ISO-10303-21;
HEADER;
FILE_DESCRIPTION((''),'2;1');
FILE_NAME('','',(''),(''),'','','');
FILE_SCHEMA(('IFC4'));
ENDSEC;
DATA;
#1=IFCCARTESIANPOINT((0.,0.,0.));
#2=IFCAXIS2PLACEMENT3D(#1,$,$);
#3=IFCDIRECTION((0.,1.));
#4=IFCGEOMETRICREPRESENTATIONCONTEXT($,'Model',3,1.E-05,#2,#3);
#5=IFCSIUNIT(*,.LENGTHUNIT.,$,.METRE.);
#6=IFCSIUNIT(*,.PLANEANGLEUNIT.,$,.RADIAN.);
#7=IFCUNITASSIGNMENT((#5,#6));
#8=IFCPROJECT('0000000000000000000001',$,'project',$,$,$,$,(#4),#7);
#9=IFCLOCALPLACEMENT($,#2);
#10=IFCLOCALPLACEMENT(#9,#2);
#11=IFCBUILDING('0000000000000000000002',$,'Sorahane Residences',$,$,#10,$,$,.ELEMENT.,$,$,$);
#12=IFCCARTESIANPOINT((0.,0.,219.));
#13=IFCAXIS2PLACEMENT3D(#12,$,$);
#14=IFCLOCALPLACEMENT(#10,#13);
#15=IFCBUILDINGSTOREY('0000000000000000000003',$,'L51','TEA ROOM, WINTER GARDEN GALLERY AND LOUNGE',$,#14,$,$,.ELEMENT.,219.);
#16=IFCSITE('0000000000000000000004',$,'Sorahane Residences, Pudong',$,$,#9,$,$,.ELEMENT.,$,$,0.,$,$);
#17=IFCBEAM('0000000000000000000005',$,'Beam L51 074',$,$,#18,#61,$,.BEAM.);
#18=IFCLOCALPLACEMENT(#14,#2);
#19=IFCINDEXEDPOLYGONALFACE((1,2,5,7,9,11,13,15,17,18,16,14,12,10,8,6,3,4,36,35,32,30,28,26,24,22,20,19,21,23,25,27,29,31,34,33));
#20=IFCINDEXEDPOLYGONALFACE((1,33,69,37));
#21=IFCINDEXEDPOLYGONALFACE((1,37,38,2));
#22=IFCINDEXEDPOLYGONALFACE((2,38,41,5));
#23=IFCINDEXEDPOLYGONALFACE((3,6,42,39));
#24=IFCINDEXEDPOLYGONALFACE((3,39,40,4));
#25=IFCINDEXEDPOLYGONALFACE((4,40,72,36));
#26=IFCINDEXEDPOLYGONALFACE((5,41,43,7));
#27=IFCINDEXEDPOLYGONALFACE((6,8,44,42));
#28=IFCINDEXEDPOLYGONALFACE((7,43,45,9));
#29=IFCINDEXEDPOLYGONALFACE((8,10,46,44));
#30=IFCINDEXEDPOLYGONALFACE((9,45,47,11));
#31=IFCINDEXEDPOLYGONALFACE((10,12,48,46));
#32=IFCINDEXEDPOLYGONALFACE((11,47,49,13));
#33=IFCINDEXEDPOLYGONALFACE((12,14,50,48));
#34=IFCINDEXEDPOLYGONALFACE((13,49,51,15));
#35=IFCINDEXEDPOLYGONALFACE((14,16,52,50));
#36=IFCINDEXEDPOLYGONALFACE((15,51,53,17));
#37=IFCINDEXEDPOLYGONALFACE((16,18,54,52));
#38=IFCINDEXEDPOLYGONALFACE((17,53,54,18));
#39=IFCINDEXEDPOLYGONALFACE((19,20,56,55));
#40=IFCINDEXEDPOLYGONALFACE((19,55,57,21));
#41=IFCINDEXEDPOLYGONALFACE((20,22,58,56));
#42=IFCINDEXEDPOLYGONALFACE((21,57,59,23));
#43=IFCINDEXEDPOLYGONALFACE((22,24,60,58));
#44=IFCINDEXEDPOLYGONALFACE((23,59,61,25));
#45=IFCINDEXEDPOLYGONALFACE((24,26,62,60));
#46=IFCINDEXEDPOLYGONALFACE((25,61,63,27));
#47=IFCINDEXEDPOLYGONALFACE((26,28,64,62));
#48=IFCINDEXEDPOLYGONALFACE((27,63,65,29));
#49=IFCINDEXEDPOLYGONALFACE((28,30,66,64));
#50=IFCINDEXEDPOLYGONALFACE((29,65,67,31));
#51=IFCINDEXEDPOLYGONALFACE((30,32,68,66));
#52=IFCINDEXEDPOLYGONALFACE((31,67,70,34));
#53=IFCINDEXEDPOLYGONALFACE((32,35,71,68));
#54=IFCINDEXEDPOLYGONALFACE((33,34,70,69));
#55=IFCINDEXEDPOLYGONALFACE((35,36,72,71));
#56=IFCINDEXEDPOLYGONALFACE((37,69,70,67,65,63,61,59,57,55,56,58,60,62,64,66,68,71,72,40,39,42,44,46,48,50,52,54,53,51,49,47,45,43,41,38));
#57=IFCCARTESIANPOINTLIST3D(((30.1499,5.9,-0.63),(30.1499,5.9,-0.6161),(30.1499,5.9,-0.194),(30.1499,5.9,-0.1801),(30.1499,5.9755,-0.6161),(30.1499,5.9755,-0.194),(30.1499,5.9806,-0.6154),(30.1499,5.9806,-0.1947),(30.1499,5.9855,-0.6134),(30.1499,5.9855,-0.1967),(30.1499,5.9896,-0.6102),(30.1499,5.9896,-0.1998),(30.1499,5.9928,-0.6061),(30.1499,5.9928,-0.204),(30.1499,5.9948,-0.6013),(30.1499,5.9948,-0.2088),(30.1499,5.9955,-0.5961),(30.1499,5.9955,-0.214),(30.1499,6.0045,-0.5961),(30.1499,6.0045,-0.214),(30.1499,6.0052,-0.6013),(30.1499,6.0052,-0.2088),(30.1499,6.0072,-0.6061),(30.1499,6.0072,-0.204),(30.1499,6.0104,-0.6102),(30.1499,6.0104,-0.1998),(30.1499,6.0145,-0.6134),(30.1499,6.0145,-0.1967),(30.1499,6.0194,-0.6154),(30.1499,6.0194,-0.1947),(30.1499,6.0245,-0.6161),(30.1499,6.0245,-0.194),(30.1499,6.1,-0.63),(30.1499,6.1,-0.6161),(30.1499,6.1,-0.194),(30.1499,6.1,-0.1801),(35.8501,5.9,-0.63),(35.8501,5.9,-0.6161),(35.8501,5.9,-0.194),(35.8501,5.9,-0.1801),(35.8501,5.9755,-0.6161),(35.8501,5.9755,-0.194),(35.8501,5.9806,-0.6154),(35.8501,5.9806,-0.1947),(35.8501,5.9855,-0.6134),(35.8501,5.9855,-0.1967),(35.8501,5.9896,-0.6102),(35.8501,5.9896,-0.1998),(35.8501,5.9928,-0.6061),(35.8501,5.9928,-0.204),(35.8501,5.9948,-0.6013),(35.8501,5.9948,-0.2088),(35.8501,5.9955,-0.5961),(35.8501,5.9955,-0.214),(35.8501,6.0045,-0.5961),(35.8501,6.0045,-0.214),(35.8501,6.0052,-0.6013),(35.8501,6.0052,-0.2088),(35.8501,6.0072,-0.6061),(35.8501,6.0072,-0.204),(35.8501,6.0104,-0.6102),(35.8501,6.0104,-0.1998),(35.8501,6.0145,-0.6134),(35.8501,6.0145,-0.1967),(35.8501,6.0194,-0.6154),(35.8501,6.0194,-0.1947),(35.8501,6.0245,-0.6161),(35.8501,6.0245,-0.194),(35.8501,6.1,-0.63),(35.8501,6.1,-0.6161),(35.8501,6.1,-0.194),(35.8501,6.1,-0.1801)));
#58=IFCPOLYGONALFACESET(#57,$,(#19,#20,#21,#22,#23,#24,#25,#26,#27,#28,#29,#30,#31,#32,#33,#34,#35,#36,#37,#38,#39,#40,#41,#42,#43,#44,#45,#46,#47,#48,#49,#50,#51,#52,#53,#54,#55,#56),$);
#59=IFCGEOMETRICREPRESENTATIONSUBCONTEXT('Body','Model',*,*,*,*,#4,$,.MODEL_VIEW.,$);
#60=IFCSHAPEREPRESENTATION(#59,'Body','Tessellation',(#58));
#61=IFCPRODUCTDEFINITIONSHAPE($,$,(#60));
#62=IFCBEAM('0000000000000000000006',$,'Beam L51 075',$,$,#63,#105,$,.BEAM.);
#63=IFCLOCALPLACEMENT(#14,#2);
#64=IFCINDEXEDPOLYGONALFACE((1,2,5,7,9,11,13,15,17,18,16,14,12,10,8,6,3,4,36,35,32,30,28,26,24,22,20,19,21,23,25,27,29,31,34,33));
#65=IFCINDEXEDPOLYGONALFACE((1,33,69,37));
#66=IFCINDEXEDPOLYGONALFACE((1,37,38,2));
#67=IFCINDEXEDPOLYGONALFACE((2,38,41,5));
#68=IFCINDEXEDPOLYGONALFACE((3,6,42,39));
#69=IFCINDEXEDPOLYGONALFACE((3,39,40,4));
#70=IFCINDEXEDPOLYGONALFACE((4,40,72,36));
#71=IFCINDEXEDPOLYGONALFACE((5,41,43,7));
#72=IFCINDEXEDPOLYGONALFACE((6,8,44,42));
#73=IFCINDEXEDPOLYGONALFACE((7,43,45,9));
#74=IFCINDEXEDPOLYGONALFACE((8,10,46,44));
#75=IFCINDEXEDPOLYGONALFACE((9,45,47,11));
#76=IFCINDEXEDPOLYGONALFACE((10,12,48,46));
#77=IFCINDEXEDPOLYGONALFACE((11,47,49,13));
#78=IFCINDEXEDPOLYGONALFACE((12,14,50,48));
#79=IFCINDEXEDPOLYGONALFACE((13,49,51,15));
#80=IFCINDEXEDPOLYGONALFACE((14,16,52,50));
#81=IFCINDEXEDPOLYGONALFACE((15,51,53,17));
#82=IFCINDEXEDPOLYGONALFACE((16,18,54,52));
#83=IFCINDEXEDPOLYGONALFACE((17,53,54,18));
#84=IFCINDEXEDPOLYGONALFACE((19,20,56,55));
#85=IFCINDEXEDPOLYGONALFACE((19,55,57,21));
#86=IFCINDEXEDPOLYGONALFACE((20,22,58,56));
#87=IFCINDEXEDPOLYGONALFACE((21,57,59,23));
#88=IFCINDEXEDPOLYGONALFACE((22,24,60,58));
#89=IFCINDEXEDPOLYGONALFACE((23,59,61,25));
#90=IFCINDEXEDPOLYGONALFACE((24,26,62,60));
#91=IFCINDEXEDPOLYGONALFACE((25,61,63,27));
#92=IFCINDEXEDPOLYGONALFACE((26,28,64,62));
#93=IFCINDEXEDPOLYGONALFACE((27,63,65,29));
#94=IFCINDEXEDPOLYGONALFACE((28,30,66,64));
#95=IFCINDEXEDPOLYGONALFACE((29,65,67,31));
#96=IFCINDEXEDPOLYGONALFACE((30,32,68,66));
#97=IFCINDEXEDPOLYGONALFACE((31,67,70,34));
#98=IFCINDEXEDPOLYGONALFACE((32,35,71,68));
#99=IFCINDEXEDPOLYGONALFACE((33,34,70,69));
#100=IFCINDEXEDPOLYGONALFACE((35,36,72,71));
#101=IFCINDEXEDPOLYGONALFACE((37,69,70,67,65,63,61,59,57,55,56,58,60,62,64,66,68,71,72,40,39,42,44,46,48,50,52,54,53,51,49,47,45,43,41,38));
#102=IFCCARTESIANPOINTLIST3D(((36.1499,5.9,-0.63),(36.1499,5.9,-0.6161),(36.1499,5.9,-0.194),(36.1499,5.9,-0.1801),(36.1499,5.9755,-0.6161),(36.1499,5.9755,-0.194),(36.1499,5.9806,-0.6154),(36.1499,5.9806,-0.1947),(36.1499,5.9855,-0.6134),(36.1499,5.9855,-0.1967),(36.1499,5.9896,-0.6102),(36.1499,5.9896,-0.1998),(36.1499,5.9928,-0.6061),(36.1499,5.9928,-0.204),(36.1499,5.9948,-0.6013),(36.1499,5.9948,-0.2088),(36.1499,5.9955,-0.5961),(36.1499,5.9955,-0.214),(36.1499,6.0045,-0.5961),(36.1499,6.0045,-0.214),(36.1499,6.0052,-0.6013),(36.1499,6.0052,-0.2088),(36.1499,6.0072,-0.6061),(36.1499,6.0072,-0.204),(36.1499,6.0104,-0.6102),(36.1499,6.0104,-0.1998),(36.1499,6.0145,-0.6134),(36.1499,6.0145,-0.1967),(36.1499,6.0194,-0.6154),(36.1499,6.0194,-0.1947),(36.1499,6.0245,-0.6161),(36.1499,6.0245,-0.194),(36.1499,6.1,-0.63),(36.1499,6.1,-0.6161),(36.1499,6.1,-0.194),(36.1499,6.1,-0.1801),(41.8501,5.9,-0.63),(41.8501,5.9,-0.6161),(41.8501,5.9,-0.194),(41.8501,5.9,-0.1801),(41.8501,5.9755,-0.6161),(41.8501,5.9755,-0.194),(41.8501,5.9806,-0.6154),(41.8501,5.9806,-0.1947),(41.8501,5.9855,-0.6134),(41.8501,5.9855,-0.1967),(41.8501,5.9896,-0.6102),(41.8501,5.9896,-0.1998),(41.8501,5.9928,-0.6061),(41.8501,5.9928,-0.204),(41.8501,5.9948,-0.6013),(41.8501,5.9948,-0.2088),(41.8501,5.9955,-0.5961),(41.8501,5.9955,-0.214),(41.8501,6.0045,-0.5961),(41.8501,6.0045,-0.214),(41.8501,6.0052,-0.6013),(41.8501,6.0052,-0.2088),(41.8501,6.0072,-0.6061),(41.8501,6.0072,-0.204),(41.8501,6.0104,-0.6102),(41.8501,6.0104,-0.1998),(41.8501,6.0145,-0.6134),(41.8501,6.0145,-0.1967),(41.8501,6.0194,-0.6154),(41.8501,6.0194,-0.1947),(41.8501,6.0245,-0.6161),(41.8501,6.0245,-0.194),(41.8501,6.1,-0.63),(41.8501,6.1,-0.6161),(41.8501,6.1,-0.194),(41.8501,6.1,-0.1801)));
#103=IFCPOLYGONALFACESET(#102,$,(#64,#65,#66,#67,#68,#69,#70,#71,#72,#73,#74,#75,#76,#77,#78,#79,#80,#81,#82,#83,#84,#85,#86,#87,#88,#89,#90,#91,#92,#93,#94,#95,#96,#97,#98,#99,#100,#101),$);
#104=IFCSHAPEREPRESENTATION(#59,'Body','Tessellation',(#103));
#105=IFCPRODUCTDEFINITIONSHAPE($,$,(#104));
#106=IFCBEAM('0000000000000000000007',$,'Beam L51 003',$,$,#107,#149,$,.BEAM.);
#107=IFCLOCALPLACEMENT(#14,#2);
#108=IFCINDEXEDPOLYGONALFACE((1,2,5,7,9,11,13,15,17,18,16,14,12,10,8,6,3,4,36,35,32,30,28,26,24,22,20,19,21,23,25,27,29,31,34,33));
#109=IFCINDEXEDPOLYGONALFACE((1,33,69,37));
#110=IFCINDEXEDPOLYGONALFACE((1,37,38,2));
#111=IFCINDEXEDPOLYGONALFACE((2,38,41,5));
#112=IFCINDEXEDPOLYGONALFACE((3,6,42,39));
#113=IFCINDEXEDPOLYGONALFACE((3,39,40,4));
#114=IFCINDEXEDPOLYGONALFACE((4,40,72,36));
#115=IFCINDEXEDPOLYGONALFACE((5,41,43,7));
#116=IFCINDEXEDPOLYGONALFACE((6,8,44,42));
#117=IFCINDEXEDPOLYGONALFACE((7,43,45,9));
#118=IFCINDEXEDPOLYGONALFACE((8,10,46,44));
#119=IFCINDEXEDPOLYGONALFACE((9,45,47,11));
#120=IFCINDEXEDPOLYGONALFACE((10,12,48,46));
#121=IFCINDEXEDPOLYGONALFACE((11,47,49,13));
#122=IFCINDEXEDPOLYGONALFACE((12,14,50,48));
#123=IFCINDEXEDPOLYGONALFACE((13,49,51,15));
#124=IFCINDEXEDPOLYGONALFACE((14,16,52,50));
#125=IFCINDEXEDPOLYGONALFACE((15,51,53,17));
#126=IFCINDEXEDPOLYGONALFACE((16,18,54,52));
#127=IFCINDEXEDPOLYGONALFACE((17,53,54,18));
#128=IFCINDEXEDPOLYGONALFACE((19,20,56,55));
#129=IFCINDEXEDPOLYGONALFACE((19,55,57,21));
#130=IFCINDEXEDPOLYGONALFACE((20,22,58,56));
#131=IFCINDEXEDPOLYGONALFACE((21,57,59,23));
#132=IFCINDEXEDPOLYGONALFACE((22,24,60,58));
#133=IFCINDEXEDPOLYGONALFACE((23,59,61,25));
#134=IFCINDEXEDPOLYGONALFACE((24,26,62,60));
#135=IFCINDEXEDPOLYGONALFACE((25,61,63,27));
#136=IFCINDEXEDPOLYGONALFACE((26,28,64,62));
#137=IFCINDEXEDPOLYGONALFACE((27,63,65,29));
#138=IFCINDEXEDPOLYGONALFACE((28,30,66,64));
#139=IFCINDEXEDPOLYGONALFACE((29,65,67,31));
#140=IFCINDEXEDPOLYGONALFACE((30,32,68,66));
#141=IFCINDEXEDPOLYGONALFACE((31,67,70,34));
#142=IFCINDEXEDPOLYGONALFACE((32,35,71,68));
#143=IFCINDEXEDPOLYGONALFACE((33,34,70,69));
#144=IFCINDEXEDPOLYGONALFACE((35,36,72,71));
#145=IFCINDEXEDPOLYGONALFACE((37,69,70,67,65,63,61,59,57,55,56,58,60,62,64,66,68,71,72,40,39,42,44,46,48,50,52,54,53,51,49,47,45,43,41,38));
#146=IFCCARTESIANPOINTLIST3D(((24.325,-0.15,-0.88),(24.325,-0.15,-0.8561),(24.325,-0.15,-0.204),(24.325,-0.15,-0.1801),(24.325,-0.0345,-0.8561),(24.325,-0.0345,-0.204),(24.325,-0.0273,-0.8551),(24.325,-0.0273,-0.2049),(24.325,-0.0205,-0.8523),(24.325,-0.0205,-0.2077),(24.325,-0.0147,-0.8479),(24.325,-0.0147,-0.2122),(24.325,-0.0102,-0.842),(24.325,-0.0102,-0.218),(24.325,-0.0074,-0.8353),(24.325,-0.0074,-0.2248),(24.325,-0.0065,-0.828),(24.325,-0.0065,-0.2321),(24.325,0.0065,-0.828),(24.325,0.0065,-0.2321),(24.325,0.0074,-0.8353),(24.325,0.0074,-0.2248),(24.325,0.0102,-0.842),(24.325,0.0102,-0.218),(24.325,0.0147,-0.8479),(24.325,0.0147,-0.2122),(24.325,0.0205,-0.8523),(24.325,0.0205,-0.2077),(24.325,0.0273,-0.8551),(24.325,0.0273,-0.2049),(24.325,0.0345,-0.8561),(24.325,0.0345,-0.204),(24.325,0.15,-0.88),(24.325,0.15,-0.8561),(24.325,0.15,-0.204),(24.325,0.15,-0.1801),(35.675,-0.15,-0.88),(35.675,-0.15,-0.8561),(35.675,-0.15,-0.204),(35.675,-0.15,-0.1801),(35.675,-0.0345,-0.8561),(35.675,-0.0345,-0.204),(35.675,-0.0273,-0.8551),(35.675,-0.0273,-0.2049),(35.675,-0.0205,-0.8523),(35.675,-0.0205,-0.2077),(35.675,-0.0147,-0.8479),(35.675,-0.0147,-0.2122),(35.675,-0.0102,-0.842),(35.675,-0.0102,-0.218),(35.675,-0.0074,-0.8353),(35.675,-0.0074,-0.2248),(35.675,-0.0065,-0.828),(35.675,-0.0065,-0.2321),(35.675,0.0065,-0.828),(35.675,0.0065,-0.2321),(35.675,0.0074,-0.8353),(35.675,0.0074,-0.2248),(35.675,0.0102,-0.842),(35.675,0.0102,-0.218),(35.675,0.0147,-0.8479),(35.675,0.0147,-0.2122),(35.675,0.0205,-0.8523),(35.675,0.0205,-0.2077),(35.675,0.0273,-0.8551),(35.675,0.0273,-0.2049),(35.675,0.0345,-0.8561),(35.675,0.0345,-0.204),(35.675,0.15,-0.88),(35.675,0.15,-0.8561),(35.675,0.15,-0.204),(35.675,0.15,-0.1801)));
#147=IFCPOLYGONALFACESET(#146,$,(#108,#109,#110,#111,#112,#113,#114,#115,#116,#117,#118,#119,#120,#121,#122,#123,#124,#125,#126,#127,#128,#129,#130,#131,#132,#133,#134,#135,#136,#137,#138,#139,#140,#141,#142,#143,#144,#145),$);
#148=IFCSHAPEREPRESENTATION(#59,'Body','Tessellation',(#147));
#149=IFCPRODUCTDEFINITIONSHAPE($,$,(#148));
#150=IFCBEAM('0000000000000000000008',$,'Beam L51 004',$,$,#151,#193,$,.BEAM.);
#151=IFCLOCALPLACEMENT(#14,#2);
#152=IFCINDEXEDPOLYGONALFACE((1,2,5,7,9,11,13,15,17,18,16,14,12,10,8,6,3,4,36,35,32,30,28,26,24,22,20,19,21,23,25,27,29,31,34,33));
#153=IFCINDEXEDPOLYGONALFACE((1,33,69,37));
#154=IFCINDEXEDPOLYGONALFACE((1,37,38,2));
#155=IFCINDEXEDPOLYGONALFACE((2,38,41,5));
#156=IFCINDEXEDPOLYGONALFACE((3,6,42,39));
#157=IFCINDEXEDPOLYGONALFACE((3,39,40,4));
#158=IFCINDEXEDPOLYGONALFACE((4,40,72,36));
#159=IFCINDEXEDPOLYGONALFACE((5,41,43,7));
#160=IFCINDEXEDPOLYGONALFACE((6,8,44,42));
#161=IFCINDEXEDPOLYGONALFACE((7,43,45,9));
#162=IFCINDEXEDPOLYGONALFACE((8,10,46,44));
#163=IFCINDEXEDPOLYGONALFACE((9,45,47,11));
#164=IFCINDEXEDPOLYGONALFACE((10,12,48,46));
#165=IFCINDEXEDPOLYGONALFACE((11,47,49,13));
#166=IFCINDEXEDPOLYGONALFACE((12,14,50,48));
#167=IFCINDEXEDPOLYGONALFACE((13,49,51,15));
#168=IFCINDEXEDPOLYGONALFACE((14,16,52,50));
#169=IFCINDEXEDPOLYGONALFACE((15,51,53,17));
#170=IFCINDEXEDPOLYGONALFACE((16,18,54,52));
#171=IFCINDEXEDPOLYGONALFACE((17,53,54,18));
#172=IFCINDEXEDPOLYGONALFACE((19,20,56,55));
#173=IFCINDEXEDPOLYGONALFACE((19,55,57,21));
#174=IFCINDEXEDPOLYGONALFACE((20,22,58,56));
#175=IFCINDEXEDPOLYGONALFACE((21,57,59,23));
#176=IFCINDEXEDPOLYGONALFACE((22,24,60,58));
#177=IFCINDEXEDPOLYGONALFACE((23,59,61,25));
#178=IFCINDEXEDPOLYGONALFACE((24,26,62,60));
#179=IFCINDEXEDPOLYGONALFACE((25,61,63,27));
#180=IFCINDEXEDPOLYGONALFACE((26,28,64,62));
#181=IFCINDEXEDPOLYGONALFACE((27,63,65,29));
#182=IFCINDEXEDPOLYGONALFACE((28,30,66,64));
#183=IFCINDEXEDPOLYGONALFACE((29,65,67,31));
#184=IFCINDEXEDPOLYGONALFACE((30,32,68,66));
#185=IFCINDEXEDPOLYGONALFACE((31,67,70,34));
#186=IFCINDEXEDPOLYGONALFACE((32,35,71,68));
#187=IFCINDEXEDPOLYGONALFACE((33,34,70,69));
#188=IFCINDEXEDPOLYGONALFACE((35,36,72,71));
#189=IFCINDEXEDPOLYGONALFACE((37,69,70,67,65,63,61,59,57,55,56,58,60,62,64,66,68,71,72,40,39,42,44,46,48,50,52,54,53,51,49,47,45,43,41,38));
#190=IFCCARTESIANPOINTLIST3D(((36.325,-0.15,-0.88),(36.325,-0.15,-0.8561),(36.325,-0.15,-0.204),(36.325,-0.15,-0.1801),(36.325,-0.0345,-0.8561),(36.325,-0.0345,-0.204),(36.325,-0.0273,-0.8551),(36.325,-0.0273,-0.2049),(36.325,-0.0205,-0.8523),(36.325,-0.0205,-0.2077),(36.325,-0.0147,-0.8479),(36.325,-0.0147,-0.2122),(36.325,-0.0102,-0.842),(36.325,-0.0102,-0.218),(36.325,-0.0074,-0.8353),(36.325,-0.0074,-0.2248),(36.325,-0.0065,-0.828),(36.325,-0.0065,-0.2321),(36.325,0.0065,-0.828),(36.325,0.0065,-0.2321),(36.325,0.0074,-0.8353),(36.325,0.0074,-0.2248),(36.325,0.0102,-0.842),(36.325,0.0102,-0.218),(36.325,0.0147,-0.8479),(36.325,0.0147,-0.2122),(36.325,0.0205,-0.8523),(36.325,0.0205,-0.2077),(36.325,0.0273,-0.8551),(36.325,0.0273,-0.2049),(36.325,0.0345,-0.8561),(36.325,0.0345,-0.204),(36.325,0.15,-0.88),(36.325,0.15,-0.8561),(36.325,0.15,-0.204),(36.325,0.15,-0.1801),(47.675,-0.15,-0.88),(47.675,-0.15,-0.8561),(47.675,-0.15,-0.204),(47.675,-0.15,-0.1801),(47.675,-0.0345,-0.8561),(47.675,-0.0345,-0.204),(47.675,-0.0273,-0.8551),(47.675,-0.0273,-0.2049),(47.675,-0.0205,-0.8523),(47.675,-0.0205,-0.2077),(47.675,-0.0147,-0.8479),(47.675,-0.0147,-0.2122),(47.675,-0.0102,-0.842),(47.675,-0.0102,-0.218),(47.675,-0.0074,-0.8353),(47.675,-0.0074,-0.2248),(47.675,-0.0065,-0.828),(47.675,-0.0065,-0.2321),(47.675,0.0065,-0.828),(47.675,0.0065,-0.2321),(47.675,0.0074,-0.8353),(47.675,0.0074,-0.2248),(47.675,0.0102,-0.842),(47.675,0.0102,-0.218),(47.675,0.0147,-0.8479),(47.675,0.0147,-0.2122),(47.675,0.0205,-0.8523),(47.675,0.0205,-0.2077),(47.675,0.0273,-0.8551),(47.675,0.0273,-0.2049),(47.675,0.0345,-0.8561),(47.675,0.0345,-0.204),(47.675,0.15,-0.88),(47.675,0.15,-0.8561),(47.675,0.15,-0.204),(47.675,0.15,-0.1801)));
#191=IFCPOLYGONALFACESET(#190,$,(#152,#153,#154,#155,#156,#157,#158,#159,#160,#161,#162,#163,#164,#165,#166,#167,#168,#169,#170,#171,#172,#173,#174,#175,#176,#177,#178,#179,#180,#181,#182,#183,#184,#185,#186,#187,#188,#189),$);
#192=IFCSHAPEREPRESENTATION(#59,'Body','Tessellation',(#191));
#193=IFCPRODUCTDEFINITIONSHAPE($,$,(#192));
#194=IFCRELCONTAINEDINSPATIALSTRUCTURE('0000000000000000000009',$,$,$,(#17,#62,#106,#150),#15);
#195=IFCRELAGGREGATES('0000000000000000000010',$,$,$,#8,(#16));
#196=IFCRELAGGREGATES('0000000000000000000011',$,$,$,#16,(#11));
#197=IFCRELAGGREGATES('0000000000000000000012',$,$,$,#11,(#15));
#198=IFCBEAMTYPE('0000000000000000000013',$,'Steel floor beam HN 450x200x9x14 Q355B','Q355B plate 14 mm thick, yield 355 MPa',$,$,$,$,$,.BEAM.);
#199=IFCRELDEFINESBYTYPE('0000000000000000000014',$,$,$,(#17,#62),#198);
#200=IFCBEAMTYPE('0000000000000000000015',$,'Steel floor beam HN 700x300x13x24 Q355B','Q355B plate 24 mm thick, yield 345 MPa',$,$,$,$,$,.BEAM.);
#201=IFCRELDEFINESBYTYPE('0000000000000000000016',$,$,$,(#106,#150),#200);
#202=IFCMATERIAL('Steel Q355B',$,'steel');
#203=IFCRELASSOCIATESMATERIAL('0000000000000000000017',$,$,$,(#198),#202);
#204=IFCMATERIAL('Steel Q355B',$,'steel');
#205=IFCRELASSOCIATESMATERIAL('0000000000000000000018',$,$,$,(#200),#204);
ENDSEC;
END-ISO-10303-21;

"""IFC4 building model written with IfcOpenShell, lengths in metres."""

from ifc_helpers import new_model, si_unit, direction, frame, origin, origin_2d, place, context, subcontext, project, spatial, i_section, extrude, material, material_profile, profile_set, type_object, element, save


model = new_model("IFC4")

# Units and contexts
model_context = context("Model", 3, precision=1e-05, world=origin(), true_north=direction((0.0, 1.0)))
body_context = subcontext(model_context, "Body", "Model", "MODEL_VIEW")
ifc_project = project(units=[si_unit("LENGTHUNIT", "METRE"), si_unit("PLANEANGLEUNIT", "RADIAN")], contexts=[model_context])

# Site, building, storey
site_placement = place(None, origin())
site = spatial("IfcSite", under=ifc_project, at=site_placement, Name="Sorahane Residences, Pudong", CompositionType="ELEMENT", RefElevation=0.0)
building_placement = place(site_placement, origin())
building = spatial("IfcBuilding", under=site, at=building_placement, Name="Sorahane Residences", CompositionType="ELEMENT")
storey_placement = place(building_placement, frame((0.0, 0.0, 219.0)))
storey = spatial("IfcBuildingStorey", under=building, at=storey_placement, Name="L51", Description="TEA ROOM, WINTER GARDEN GALLERY AND LOUNGE", CompositionType="ELEMENT", Elevation=219.0)

# Beams
ifc_material_1 = material(Name="Steel Q355B", Category="steel")
ifc_material_profile_1 = material_profile(ifc_material_1, i_section(OverallWidth=0.2, OverallDepth=0.45, WebThickness=0.009, FlangeThickness=0.0139, FilletRadius=0.02, at=origin_2d()), Name="HN 450x200x9x14")
ifc_profile_set_1 = profile_set([ifc_material_profile_1], Name="Steel Q355B")
beam_type_1 = type_object("IfcBeamType", Name="Steel floor beam HN 450x200x9x14 Q355B", Description="Q355B plate 14 mm thick, yield 355 MPa", PredefinedType="BEAM", material=ifc_profile_set_1)
for number, where, z_axis, x_axis, name in (
    (1, (30.1499, 6.0, -0.405), (1.0, 0.0, 0.0), (0.0, 1.0, 0.0), "Beam L51 074"),
    (2, (36.1499, 6.0, -0.405), (1.0, 0.0, 0.0), (0.0, 1.0, 0.0), "Beam L51 075"),
):
    element("IfcBeam", number, at=place(storey_placement, frame(where, z_axis=z_axis, x_axis=x_axis)), inside=storey, type_object=beam_type_1, Name=name, PredefinedType="BEAM", context=body_context, shape_type="SweptSolid", body=[
        extrude(i_section(OverallWidth=0.2, OverallDepth=0.45, WebThickness=0.009, FlangeThickness=0.0139, FilletRadius=0.02, at=origin_2d()), origin(), (0.0, 0.0, 1.0), 5.7002),
    ])
ifc_material_2 = material(Name="Steel Q355B", Category="steel")
ifc_material_profile_2 = material_profile(ifc_material_2, i_section(OverallWidth=0.3, OverallDepth=0.7, WebThickness=0.0129, FlangeThickness=0.0239, FilletRadius=0.0281, at=origin_2d()), Name="HN 700x300x13x24")
ifc_profile_set_2 = profile_set([ifc_material_profile_2], Name="Steel Q355B")
beam_type_2 = type_object("IfcBeamType", Name="Steel floor beam HN 700x300x13x24 Q355B", Description="Q355B plate 24 mm thick, yield 345 MPa", PredefinedType="BEAM", material=ifc_profile_set_2)
for number, where, z_axis, x_axis, name in (
    (3, (24.325, 0.0, -0.53), (1.0, 0.0, 0.0), (0.0, 1.0, 0.0), "Beam L51 003"),
    (4, (36.325, 0.0, -0.53), (1.0, 0.0, 0.0), (0.0, 1.0, 0.0), "Beam L51 004"),
):
    element("IfcBeam", number, at=place(storey_placement, frame(where, z_axis=z_axis, x_axis=x_axis)), inside=storey, type_object=beam_type_2, Name=name, PredefinedType="BEAM", context=body_context, shape_type="SweptSolid", body=[
        extrude(i_section(OverallWidth=0.3, OverallDepth=0.7, WebThickness=0.0129, FlangeThickness=0.0239, FilletRadius=0.0281, at=origin_2d()), origin(), (0.0, 0.0, 1.0), 11.3501),
    ])

save(model, "model.ifc")
